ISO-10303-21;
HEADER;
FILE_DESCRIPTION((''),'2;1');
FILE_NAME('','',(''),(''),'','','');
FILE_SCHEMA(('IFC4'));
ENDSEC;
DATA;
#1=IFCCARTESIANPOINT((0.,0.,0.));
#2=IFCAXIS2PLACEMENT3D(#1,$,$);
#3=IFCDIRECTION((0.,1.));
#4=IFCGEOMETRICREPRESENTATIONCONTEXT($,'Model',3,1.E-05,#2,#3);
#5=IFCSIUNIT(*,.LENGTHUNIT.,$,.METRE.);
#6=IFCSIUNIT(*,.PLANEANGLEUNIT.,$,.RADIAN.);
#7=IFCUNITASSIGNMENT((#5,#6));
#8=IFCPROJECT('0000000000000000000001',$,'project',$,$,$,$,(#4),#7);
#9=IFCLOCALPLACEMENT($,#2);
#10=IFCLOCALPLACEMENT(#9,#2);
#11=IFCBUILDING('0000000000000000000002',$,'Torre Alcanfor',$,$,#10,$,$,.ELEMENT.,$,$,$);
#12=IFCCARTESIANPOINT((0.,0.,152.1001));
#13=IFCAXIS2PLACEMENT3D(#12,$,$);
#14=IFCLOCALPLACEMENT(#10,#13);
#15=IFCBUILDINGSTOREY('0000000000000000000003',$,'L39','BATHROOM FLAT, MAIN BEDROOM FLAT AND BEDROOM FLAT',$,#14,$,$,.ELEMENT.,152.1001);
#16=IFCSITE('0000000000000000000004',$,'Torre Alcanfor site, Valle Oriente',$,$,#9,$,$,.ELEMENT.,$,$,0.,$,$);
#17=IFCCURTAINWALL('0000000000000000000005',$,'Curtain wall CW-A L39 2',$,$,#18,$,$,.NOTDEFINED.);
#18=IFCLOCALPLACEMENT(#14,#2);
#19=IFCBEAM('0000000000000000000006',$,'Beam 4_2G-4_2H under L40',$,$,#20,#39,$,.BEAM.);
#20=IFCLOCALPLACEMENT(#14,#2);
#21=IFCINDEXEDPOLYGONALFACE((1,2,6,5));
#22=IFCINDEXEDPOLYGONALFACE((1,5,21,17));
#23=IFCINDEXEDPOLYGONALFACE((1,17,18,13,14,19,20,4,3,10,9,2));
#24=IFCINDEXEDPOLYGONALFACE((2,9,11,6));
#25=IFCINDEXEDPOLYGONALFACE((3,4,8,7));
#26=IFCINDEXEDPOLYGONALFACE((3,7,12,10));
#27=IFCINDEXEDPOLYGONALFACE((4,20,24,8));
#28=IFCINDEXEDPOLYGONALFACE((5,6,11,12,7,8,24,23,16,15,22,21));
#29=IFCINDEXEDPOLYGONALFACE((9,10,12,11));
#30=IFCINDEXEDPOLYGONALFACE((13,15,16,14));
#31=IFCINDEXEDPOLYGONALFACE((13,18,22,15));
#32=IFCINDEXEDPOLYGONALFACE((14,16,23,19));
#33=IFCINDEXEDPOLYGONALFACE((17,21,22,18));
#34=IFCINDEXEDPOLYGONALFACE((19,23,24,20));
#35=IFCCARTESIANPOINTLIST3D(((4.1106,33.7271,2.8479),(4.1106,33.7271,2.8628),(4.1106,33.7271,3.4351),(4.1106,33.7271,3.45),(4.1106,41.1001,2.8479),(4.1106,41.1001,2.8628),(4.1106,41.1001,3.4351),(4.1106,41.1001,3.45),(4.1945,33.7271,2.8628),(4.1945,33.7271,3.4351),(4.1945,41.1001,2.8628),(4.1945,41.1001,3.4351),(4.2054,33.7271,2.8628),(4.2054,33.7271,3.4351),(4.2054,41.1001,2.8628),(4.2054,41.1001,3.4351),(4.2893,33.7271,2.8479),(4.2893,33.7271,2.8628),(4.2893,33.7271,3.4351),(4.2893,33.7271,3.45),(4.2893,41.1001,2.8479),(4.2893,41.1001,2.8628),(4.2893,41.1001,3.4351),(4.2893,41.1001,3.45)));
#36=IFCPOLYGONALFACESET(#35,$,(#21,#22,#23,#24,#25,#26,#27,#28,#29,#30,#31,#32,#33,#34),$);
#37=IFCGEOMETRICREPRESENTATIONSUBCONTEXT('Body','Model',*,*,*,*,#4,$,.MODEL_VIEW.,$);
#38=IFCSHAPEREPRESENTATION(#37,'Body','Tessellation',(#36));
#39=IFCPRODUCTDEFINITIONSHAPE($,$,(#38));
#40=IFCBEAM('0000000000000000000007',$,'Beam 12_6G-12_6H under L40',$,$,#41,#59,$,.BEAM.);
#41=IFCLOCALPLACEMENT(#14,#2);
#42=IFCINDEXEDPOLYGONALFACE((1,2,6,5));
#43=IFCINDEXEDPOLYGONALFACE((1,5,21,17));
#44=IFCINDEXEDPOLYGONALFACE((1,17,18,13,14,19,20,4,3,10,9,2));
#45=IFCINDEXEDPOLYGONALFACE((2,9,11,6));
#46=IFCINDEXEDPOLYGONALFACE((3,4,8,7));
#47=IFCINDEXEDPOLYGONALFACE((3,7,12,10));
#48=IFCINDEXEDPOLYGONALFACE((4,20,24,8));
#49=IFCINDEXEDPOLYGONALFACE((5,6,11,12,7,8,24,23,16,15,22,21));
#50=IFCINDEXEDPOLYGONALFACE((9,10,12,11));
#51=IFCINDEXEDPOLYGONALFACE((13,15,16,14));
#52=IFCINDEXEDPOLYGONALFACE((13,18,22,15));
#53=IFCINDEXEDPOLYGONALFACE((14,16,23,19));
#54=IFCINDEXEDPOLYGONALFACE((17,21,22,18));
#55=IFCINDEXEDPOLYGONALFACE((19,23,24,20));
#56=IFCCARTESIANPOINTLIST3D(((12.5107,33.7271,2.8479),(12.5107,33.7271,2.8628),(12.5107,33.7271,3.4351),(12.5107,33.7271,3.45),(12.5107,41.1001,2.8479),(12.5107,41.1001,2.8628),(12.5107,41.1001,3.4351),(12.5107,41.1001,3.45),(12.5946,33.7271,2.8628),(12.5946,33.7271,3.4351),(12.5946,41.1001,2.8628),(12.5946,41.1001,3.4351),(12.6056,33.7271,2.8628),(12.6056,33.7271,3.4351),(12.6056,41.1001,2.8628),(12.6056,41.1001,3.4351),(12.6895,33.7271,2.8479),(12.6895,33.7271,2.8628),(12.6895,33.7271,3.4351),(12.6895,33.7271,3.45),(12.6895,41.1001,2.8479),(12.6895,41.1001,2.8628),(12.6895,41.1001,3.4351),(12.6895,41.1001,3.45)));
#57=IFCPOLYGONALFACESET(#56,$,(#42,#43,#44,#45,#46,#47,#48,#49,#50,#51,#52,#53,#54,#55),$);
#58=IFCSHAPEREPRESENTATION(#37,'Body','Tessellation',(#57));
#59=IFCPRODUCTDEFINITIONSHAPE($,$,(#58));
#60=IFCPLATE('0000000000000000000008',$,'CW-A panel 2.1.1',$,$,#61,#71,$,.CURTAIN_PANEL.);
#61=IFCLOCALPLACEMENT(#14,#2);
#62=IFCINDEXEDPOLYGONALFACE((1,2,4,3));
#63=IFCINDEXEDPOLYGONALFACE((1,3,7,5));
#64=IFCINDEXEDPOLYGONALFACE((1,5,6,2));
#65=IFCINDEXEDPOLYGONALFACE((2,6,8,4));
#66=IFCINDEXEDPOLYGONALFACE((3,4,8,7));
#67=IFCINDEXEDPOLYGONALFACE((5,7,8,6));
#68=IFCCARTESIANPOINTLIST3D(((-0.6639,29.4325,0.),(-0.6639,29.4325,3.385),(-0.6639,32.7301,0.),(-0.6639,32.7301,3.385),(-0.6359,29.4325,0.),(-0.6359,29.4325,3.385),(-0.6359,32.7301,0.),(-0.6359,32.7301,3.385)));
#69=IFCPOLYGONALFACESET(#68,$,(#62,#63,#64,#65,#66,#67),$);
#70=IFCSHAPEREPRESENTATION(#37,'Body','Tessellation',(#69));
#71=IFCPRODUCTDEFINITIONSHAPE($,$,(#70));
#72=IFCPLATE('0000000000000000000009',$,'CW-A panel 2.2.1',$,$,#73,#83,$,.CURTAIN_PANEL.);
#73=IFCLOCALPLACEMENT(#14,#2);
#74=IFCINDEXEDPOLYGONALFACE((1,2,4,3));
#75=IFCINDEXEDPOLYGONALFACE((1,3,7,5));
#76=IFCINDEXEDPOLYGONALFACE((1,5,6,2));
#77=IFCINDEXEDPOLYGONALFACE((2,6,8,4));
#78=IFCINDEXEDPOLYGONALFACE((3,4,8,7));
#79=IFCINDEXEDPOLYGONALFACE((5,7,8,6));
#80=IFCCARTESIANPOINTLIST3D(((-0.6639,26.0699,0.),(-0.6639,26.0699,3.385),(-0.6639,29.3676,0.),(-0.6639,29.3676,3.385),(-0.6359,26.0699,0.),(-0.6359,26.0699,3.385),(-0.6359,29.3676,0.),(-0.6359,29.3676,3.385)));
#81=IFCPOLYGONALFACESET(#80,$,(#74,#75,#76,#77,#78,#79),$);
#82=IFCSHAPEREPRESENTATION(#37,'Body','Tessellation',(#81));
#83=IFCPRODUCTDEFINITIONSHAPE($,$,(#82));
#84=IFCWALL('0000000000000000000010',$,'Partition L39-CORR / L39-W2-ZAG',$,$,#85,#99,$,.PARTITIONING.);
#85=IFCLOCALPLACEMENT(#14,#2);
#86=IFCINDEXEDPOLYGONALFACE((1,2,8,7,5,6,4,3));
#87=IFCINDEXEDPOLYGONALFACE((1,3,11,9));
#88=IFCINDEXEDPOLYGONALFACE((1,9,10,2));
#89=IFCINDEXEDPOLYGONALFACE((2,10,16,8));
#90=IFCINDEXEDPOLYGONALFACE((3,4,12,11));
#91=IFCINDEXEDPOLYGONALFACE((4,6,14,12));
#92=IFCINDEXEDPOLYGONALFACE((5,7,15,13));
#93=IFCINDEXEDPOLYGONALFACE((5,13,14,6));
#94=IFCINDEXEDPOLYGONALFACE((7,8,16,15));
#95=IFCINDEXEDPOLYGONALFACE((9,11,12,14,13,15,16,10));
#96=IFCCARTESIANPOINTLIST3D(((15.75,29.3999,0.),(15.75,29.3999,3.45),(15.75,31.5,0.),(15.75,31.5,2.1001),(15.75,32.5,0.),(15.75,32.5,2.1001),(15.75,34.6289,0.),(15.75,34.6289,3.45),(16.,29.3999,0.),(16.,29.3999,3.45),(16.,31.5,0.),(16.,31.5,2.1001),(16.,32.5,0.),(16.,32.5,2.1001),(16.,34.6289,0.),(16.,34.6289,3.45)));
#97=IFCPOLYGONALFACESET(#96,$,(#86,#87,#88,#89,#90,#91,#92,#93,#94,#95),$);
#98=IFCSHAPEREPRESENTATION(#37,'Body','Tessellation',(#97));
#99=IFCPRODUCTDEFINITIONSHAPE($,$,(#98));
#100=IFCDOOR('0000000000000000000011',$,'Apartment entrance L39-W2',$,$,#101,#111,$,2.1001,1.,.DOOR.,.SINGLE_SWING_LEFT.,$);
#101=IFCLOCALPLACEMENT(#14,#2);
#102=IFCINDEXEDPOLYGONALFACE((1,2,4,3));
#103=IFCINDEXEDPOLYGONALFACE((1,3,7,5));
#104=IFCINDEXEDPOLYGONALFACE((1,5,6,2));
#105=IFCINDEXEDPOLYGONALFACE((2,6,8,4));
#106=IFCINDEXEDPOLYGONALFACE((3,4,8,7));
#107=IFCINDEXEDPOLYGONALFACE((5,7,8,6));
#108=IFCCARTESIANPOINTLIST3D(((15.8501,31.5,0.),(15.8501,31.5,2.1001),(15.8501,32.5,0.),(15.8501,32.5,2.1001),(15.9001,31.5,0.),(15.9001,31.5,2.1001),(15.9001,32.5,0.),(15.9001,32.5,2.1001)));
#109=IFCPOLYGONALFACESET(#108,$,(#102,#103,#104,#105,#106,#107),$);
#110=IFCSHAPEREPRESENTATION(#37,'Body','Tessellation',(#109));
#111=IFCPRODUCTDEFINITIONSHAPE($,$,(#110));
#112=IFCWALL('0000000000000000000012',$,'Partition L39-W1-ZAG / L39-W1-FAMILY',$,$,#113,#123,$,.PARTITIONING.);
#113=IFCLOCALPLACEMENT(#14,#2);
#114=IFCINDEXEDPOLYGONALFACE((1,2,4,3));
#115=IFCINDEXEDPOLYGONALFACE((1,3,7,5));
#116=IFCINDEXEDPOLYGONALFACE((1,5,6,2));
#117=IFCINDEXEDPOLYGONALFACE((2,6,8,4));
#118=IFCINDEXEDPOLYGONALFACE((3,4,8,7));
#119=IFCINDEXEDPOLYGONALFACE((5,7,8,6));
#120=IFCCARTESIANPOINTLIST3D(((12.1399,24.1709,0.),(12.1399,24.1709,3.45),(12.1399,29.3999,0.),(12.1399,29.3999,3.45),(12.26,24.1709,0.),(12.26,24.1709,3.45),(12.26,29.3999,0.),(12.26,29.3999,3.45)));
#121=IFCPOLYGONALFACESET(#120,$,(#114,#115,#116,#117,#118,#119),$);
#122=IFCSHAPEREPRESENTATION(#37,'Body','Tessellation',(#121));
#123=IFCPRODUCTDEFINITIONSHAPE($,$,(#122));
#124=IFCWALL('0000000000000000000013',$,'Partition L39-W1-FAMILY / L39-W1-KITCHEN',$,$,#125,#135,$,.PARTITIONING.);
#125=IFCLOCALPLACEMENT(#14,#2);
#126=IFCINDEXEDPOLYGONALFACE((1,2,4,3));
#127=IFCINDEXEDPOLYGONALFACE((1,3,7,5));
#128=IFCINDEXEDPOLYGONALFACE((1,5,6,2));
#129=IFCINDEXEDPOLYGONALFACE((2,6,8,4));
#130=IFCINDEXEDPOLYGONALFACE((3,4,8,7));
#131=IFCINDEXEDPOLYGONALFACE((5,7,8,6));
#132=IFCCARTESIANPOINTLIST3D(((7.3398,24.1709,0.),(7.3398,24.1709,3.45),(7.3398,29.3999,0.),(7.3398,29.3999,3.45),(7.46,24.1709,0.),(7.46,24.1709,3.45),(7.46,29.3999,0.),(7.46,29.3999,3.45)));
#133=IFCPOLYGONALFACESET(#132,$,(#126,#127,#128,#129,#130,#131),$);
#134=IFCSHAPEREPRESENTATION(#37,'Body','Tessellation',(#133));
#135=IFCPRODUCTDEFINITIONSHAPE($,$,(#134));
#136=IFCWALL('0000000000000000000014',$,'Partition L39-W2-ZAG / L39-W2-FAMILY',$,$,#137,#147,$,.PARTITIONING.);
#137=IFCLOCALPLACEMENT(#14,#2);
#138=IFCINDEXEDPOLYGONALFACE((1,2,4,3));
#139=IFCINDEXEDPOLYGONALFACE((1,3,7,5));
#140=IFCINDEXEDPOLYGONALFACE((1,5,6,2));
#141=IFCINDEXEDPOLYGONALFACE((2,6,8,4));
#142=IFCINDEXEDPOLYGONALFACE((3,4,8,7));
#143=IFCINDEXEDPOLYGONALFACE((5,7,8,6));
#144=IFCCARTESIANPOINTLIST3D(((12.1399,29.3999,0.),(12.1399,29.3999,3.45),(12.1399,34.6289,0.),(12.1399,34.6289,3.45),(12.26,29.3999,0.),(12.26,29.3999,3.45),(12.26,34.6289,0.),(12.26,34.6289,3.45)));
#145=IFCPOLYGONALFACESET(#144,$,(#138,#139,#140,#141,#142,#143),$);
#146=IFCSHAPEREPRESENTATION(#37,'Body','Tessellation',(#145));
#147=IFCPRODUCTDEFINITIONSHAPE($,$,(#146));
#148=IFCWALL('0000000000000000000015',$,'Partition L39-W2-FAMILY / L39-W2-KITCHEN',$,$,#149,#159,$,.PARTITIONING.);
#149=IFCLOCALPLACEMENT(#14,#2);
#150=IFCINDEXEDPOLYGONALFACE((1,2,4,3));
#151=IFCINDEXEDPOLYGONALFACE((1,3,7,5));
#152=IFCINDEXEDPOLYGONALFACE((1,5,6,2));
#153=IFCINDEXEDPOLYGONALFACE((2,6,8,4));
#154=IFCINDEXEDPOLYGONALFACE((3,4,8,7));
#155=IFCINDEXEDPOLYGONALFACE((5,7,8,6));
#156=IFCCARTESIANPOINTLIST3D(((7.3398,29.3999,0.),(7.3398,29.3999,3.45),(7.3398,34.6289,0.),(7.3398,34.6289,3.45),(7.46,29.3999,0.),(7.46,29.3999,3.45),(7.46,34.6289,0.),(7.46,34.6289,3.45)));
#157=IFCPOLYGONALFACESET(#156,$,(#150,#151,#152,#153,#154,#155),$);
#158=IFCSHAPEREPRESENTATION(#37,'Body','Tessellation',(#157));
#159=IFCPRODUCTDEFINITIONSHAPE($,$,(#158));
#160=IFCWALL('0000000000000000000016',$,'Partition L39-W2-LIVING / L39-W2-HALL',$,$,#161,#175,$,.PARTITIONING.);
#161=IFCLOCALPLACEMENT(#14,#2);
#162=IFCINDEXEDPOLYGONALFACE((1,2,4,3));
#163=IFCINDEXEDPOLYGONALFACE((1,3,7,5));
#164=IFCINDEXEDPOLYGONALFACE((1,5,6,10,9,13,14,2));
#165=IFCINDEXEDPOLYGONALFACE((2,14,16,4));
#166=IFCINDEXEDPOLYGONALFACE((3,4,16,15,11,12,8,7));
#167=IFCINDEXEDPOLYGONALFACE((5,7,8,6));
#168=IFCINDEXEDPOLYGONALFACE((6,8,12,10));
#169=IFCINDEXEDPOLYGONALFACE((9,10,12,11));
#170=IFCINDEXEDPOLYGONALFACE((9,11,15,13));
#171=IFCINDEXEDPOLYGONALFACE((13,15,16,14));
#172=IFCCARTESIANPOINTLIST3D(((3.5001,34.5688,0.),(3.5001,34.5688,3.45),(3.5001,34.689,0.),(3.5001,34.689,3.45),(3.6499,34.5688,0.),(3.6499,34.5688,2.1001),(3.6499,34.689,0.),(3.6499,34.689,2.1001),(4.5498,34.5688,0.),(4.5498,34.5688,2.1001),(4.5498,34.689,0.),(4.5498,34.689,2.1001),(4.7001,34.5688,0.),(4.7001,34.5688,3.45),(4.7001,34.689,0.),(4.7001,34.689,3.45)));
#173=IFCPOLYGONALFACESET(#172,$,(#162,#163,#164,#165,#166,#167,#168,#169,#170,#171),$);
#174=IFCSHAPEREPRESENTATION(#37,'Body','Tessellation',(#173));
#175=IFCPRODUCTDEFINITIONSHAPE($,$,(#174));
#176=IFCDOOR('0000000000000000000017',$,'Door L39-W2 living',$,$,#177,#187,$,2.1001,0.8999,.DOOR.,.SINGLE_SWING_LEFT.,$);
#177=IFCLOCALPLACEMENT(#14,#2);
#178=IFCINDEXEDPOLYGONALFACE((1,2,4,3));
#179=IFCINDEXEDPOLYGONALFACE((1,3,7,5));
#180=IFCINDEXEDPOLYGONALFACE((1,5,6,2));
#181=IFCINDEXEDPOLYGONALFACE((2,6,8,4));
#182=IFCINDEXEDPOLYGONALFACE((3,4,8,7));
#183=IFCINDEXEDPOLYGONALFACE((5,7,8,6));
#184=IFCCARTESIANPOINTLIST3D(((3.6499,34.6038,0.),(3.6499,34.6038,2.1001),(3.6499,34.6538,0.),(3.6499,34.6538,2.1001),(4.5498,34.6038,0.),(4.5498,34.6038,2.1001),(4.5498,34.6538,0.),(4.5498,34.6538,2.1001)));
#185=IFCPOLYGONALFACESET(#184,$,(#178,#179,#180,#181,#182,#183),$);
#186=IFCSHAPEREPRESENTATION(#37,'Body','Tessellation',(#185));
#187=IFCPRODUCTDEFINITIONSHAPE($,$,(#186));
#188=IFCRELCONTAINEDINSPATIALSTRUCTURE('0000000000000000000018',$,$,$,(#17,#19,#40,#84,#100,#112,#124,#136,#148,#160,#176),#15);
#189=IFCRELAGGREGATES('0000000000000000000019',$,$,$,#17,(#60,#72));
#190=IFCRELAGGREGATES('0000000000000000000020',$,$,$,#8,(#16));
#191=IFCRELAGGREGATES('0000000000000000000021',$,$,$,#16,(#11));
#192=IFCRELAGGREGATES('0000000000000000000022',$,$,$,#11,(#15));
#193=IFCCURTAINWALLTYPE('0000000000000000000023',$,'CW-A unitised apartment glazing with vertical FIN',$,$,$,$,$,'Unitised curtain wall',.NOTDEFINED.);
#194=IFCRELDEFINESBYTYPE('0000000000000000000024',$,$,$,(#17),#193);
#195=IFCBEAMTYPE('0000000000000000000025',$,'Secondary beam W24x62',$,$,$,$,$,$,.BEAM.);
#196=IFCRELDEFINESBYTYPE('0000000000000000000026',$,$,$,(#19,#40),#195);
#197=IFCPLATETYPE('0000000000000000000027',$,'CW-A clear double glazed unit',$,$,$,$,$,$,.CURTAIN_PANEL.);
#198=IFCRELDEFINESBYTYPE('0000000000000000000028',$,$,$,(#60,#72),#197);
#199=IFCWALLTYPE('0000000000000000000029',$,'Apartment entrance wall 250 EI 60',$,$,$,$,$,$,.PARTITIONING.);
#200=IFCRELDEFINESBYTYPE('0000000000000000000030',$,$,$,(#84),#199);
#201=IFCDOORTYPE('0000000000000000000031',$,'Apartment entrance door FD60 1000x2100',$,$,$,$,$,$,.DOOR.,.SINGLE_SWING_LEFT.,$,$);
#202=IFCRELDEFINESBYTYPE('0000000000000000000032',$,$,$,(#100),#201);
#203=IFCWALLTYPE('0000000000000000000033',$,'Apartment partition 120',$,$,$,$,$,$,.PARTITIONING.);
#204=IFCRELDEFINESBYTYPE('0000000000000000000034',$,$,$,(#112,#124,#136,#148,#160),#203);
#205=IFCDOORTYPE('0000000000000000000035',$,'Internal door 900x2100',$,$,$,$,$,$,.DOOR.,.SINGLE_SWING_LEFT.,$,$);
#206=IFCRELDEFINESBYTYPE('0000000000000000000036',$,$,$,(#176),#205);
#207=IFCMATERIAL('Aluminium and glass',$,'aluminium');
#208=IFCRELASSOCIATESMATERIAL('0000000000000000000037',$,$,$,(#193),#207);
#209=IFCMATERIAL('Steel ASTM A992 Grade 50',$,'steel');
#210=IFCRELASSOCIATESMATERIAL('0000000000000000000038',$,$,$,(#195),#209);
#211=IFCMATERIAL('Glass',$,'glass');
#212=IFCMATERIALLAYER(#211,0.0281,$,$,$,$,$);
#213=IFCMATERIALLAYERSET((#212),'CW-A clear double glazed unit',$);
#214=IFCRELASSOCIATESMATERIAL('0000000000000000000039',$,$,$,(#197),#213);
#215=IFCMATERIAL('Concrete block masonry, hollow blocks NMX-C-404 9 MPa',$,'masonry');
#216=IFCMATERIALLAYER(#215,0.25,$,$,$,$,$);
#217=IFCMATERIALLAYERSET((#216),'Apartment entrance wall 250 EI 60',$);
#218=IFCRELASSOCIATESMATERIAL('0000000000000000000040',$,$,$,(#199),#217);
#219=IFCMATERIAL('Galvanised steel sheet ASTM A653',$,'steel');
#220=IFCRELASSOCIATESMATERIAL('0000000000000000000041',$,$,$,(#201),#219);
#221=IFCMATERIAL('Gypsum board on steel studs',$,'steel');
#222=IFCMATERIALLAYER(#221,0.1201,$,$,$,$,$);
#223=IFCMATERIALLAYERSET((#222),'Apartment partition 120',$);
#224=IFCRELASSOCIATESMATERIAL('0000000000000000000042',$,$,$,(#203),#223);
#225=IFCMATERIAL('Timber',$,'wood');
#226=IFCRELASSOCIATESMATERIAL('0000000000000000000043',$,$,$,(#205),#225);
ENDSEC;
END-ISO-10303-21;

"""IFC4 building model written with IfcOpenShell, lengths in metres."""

from ifc_helpers import new_model, si_unit, direction, frame, frame_2d, origin, origin_2d, place, context, subcontext, project, spatial, rectangle, i_section, extrude, material, layer, layer_set, material_profile, profile_set, type_object, element, fill, aggregate, save


model = new_model("IFC4")

# Units and contexts
model_context = context("Model", 3, precision=1e-05, world=origin(), true_north=direction((0.0, 1.0)))
body_context = subcontext(model_context, "Body", "Model", "MODEL_VIEW")
ifc_project = project(units=[si_unit("LENGTHUNIT", "METRE"), si_unit("PLANEANGLEUNIT", "RADIAN")], contexts=[model_context])

# Site, building, storey
site_placement = place(None, origin())
site = spatial("IfcSite", under=ifc_project, at=site_placement, Name="Torre Alcanfor site, Valle Oriente", CompositionType="ELEMENT", RefElevation=0.0)
building_placement = place(site_placement, origin())
building = spatial("IfcBuilding", under=site, at=building_placement, Name="Torre Alcanfor", CompositionType="ELEMENT")
storey_placement = place(building_placement, frame((0.0, 0.0, 152.1001)))
storey = spatial("IfcBuildingStorey", under=building, at=storey_placement, Name="L39", Description="BATHROOM FLAT, MAIN BEDROOM FLAT AND BEDROOM FLAT", CompositionType="ELEMENT", Elevation=152.1001)

# Curtain wall
ifc_material_1 = material(Name="Aluminium and glass", Category="aluminium")
curtain_wall_type = type_object("IfcCurtainWallType", Name="CW-A unitised apartment glazing with vertical FIN", ElementType="Unitised curtain wall", PredefinedType="NOTDEFINED", material=ifc_material_1)
curtain_wall_placement = place(storey_placement, origin())
curtain_wall = element("IfcCurtainWall", 1, at=curtain_wall_placement, inside=storey, type_object=curtain_wall_type, Name="Curtain wall CW-A L39 2", PredefinedType="NOTDEFINED")

# Beams
ifc_material_2 = material(Name="Steel ASTM A992 Grade 50", Category="steel")
ifc_material_profile_1 = material_profile(ifc_material_2, i_section(OverallWidth=0.1787, OverallDepth=0.6021, WebThickness=0.011, FlangeThickness=0.0149, at=origin_2d()), Name="W24x62")
ifc_profile_set_1 = profile_set([ifc_material_profile_1], Name="Steel ASTM A992 Grade 50")
beam_type_1 = type_object("IfcBeamType", Name="Secondary beam W24x62", PredefinedType="BEAM", material=ifc_profile_set_1)
for number, where, z_axis, x_axis, name in (
    (2, (4.2, 33.7271, 3.1489), (0.0, 1.0, 0.0), (-1.0, 0.0, 0.0), "Beam 4_2G-4_2H under L40"),
    (3, (12.6001, 33.7271, 3.1489), (0.0, 1.0, 0.0), (-1.0, 0.0, 0.0), "Beam 12_6G-12_6H under L40"),
):
    element("IfcBeam", number, at=place(storey_placement, frame(where, z_axis=z_axis, x_axis=x_axis)), inside=storey, type_object=beam_type_1, Name=name, PredefinedType="BEAM", context=body_context, shape_type="SweptSolid", body=[
        extrude(i_section(OverallWidth=0.1787, OverallDepth=0.6021, WebThickness=0.011, FlangeThickness=0.0149, at=origin_2d()), origin(), (0.0, 0.0, 1.0), 7.373),
    ])

# Plates
ifc_material_3 = material(Name="Glass", Category="glass")
ifc_layer_1 = layer(ifc_material_3, 0.0281)
ifc_layer_set_1 = layer_set([ifc_layer_1], Name="CW-A clear double glazed unit")
plate_type = type_object("IfcPlateType", Name="CW-A clear double glazed unit", PredefinedType="CURTAIN_PANEL", material=ifc_layer_set_1)
plate_1_placement = place(storey_placement, frame((-0.6499, 31.0813, 0.0), z_axis=(0.0, 0.0, 1.0), x_axis=(0.0, -1.0, 0.0)))
plate_1 = element("IfcPlate", 4, at=plate_1_placement, type_object=plate_type, Name="CW-A panel 2.1.1", PredefinedType="CURTAIN_PANEL", context=body_context, shape_type="SweptSolid", body=[
    extrude(rectangle(XDim=3.2976, YDim=0.0281, at=origin_2d()), origin(), (0.0, 0.0, 1.0), 3.385),
])
plate_2_placement = place(storey_placement, frame((-0.6499, 27.7188, 0.0), z_axis=(0.0, 0.0, 1.0), x_axis=(0.0, -1.0, 0.0)))
plate_2 = element("IfcPlate", 5, at=plate_2_placement, type_object=plate_type, Name="CW-A panel 2.2.1", PredefinedType="CURTAIN_PANEL", context=body_context, shape_type="SweptSolid", body=[
    extrude(rectangle(XDim=3.2976, YDim=0.0281, at=origin_2d()), origin(), (0.0, 0.0, 1.0), 3.385),
])
aggregate(curtain_wall, [plate_1, plate_2])

# Wall, opening, door
ifc_material_4 = material(Name="Concrete block masonry, hollow blocks NMX-C-404 9 MPa", Category="masonry")
ifc_layer_2 = layer(ifc_material_4, 0.25)
ifc_layer_set_2 = layer_set([ifc_layer_2], Name="Apartment entrance wall 250 EI 60")
wall_type_1 = type_object("IfcWallType", Name="Apartment entrance wall 250 EI 60", PredefinedType="PARTITIONING", material=ifc_layer_set_2)
wall_1_placement = place(storey_placement, frame((15.875, 29.3999, 0.0), z_axis=(0.0, 0.0, 1.0), x_axis=(0.0, 1.0, 0.0)))
wall_1 = element("IfcWall", 6, at=wall_1_placement, inside=storey, type_object=wall_type_1, Name="Partition L39-CORR / L39-W2-ZAG", PredefinedType="PARTITIONING", context=body_context, shape_type="SweptSolid", body=[
    extrude(rectangle(XDim=5.229, YDim=0.25, at=frame_2d((2.6145, 0.0))), origin(), (0.0, 0.0, 1.0), 3.45),
])
opening_1_placement = place(wall_1_placement, frame((2.1001, 0.0, 0.0)))
opening_1 = element("IfcOpeningElement", 7, at=opening_1_placement, cuts=wall_1, PredefinedType="OPENING", context=body_context, shape_type="SweptSolid", body=[
    extrude(rectangle(XDim=1.0, YDim=2.1001, at=frame_2d((0.5, 1.05))), frame((0.0, 0.135, 0.0), z_axis=(0.0, -1.0, 0.0), x_axis=(1.0, 0.0, 0.0)), (0.0, 0.0, 1.0), 0.27),
])
ifc_material_5 = material(Name="Galvanised steel sheet ASTM A653", Category="steel")
door_type_1 = type_object("IfcDoorType", Name="Apartment entrance door FD60 1000x2100", OperationType="SINGLE_SWING_LEFT", PredefinedType="DOOR", material=ifc_material_5)
door_1_placement = place(opening_1_placement, origin())
door_1 = element("IfcDoor", 8, at=door_1_placement, inside=storey, type_object=door_type_1, Name="Apartment entrance L39-W2", OperationType="SINGLE_SWING_LEFT", OverallHeight=2.1001, OverallWidth=1.0, PredefinedType="DOOR", context=body_context, shape_type="SweptSolid", body=[
    extrude(rectangle(XDim=1.0, YDim=2.1001, at=frame_2d((0.5, 1.05))), frame((0.0, 0.0249, 0.0), z_axis=(0.0, -1.0, 0.0), x_axis=(1.0, 0.0, 0.0)), (0.0, 0.0, 1.0), 0.05),
])
fill(opening_1, door_1)

# Walls
ifc_material_6 = material(Name="Gypsum board on steel studs", Category="steel")
ifc_layer_3 = layer(ifc_material_6, 0.1201)
ifc_layer_set_3 = layer_set([ifc_layer_3], Name="Apartment partition 120")
wall_type_2 = type_object("IfcWallType", Name="Apartment partition 120", PredefinedType="PARTITIONING", material=ifc_layer_set_3)
for number, where, z_axis, x_axis, name in (
    (9, (12.2, 29.3999, 0.0), (0.0, 0.0, 1.0), (0.0, -1.0, 0.0), "Partition L39-W1-ZAG / L39-W1-FAMILY"),
    (10, (7.3999, 29.3999, 0.0), (0.0, 0.0, 1.0), (0.0, -1.0, 0.0), "Partition L39-W1-FAMILY / L39-W1-KITCHEN"),
    (11, (12.2, 29.3999, 0.0), (0.0, 0.0, 1.0), (0.0, 1.0, 0.0), "Partition L39-W2-ZAG / L39-W2-FAMILY"),
    (12, (7.3999, 29.3999, 0.0), (0.0, 0.0, 1.0), (0.0, 1.0, 0.0), "Partition L39-W2-FAMILY / L39-W2-KITCHEN"),
):
    element("IfcWall", number, at=place(storey_placement, frame(where, z_axis=z_axis, x_axis=x_axis)), inside=storey, type_object=wall_type_2, Name=name, PredefinedType="PARTITIONING", context=body_context, shape_type="SweptSolid", body=[
        extrude(rectangle(XDim=5.229, YDim=0.1201, at=frame_2d((2.6145, 0.0))), origin(), (0.0, 0.0, 1.0), 3.45),
    ])

# Wall, opening, door
wall_2_placement = place(storey_placement, frame((3.5, 34.6289, 0.0), z_axis=(0.0, 0.0, 1.0), x_axis=(1.0, 0.0, 0.0)))
wall_2 = element("IfcWall", 13, at=wall_2_placement, inside=storey, type_object=wall_type_2, Name="Partition L39-W2-LIVING / L39-W2-HALL", PredefinedType="PARTITIONING", context=body_context, shape_type="SweptSolid", body=[
    extrude(rectangle(XDim=1.2, YDim=0.1201, at=frame_2d((0.6001, 0.0))), origin(), (0.0, 0.0, 1.0), 3.45),
])
opening_2_placement = place(wall_2_placement, frame((0.1499, 0.0, 0.0)))
opening_2 = element("IfcOpeningElement", 14, at=opening_2_placement, cuts=wall_2, PredefinedType="OPENING", context=body_context, shape_type="SweptSolid", body=[
    extrude(rectangle(XDim=0.8999, YDim=2.1001, at=frame_2d((0.45, 1.05))), frame((0.0, 0.0701, 0.0), z_axis=(0.0, -1.0, 0.0), x_axis=(1.0, 0.0, 0.0)), (0.0, 0.0, 1.0), 0.1401),
])
ifc_material_7 = material(Name="Timber", Category="wood")
door_type_2 = type_object("IfcDoorType", Name="Internal door 900x2100", OperationType="SINGLE_SWING_LEFT", PredefinedType="DOOR", material=ifc_material_7)
door_2_placement = place(opening_2_placement, frame((0.8999, 0.0, 0.0), z_axis=(0.0, 0.0, 1.0), x_axis=(-1.0, 0.0, 0.0)))
door_2 = element("IfcDoor", 15, at=door_2_placement, inside=storey, type_object=door_type_2, Name="Door L39-W2 living", OperationType="SINGLE_SWING_LEFT", OverallHeight=2.1001, OverallWidth=0.8999, PredefinedType="DOOR", context=body_context, shape_type="SweptSolid", body=[
    extrude(rectangle(XDim=0.8999, YDim=2.1001, at=frame_2d((0.45, 1.05))), frame((0.0, 0.0251, 0.0), z_axis=(0.0, -1.0, 0.0), x_axis=(1.0, 0.0, 0.0)), (0.0, 0.0, 1.0), 0.05),
])
fill(opening_2, door_2)

save(model, "model.ifc")
